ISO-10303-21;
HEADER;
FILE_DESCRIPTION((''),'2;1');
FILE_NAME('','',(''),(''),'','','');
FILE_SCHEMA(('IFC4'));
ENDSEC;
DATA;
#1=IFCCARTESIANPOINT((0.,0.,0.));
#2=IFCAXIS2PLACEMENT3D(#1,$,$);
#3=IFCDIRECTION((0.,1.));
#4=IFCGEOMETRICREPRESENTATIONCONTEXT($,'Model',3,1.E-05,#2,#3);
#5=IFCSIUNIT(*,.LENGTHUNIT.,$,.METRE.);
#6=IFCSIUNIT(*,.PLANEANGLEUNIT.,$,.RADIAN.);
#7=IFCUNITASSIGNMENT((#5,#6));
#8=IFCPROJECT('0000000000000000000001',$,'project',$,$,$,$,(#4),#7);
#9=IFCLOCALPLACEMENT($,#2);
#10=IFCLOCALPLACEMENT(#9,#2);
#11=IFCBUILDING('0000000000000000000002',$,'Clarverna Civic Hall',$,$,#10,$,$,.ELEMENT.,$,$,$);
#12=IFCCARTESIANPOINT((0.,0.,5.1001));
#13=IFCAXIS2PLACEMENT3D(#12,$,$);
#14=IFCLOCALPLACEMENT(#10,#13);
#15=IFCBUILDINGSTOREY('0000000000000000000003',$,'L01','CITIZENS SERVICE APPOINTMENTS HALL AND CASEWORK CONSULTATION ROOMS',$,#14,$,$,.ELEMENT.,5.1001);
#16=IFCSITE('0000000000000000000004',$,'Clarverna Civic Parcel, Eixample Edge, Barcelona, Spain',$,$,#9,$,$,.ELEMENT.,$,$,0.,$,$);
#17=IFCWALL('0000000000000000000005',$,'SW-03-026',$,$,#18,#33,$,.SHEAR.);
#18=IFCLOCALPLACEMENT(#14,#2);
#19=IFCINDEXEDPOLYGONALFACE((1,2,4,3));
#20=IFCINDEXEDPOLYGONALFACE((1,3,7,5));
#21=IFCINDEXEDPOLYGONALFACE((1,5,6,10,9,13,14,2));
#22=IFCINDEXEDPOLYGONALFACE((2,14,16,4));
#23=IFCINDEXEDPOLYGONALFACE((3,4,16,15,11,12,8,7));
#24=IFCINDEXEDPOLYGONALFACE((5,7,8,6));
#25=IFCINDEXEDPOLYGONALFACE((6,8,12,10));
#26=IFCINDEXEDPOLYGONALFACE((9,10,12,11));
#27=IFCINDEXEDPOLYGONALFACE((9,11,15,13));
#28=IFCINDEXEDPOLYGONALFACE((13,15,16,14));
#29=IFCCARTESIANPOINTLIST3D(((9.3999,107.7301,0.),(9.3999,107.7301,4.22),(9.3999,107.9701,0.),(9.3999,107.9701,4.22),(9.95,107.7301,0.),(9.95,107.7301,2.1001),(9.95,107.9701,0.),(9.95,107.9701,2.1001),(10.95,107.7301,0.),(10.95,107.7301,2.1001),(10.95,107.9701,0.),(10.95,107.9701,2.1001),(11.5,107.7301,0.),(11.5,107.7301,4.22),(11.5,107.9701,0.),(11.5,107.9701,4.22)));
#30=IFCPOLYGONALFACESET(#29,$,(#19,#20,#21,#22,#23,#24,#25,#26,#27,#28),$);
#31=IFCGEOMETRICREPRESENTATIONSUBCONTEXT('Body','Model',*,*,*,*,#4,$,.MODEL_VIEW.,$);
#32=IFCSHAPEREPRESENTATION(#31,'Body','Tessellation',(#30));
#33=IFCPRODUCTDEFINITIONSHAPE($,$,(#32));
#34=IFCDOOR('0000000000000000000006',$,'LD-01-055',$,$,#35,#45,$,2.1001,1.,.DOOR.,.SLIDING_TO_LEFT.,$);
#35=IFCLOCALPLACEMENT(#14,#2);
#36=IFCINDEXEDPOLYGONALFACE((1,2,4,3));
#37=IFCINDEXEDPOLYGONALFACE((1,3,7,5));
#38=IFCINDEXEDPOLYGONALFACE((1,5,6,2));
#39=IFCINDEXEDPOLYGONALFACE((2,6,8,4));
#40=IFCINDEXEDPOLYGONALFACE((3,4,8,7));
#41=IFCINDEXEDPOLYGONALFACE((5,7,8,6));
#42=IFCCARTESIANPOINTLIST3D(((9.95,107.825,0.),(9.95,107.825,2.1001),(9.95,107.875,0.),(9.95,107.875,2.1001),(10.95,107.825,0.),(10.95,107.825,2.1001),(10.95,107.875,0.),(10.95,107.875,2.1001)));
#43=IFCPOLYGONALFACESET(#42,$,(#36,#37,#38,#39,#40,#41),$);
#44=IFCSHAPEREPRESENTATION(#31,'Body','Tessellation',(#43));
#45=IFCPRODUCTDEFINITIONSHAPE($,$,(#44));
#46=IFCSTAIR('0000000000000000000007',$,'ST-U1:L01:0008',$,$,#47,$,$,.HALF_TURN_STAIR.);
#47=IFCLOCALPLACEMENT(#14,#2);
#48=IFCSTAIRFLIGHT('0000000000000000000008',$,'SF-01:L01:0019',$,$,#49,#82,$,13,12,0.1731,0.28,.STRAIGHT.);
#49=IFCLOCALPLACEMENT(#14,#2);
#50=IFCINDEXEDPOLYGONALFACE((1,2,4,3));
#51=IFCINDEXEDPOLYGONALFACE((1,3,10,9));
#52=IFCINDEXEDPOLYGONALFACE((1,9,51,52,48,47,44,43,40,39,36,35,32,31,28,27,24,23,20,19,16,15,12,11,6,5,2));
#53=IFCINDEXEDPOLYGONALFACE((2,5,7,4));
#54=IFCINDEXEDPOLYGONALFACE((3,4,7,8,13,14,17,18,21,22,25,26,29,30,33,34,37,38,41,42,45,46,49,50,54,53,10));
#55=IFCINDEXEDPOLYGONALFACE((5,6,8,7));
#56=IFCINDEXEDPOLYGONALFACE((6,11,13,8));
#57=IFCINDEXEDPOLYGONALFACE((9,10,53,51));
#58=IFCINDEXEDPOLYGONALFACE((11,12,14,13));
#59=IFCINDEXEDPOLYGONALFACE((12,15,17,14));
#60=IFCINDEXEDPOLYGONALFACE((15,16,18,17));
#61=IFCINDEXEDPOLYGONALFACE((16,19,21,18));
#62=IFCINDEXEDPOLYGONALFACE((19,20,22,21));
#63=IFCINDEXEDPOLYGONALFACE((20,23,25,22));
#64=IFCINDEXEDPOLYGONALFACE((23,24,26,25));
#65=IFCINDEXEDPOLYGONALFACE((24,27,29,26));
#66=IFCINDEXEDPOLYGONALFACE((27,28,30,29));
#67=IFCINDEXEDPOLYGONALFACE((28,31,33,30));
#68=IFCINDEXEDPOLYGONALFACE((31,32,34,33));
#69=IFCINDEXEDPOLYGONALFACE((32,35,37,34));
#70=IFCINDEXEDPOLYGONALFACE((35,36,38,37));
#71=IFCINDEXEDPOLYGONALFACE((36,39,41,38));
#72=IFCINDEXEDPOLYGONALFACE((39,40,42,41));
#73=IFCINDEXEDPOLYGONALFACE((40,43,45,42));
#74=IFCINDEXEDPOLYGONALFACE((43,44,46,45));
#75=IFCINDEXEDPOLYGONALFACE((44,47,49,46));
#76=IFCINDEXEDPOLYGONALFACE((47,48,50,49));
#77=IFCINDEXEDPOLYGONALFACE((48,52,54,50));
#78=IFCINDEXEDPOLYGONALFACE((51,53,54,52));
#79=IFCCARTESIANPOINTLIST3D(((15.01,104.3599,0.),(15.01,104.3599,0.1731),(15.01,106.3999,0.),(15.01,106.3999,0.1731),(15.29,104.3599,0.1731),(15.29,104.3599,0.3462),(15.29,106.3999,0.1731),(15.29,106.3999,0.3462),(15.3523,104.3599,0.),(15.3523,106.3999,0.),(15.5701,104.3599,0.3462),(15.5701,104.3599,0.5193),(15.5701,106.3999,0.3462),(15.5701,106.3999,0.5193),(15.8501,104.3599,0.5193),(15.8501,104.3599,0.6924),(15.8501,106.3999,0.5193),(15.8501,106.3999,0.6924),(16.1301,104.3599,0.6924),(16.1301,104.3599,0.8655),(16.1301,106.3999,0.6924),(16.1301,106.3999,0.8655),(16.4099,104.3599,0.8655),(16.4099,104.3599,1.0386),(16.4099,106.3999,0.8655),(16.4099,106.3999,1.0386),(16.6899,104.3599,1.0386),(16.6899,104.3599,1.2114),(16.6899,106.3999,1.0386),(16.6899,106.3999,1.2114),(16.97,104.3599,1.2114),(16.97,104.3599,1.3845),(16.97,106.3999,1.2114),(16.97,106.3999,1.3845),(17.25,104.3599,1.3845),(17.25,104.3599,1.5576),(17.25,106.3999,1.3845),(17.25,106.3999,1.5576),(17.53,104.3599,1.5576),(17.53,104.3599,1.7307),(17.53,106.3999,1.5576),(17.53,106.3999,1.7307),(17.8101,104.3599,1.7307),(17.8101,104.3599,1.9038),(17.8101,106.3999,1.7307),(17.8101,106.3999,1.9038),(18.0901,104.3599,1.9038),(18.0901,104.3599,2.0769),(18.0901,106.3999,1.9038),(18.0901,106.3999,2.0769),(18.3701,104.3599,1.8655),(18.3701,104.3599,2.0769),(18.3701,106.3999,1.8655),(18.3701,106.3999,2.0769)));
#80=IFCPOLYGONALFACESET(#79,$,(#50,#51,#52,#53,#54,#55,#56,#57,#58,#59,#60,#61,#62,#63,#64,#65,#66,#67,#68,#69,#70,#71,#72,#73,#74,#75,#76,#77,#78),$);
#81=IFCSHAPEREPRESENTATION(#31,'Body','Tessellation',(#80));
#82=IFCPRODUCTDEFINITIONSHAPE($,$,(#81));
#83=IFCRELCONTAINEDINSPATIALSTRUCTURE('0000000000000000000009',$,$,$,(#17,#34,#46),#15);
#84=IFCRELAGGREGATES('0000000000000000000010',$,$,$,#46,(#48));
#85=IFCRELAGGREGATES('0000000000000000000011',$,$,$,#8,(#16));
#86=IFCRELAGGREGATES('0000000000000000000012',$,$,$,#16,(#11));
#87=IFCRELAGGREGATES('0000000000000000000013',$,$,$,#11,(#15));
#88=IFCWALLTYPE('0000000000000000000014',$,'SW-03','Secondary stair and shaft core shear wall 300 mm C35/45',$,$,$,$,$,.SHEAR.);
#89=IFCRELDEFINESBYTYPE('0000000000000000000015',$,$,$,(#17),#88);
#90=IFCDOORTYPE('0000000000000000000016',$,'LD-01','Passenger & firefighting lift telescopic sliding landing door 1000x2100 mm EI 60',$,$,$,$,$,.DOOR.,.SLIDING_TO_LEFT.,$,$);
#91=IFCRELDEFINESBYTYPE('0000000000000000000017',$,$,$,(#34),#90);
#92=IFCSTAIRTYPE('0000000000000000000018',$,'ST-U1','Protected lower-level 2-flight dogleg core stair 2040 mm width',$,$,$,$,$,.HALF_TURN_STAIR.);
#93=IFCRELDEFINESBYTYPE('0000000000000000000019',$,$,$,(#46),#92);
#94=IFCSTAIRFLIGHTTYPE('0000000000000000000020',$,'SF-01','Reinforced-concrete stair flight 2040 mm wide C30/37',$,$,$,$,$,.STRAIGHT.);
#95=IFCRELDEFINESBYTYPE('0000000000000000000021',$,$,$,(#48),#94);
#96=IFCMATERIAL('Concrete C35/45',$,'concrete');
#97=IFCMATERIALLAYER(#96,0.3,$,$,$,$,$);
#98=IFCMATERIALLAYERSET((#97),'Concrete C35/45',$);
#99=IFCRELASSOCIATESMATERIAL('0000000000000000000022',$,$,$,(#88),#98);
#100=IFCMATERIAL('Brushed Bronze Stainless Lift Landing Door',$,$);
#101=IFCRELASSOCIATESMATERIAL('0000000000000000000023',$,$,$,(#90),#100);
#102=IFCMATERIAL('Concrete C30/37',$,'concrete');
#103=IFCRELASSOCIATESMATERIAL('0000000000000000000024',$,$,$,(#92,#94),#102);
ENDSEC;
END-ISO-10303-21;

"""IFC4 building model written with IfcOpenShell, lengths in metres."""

from ifc_helpers import new_model, si_unit, direction, frame, frame_2d, origin, place, context, subcontext, project, spatial, polyline, rectangle, outline, extrude, material, layer, layer_set, type_object, element, fill, aggregate, save


model = new_model("IFC4")

# Units and contexts
model_context = context("Model", 3, precision=1e-05, world=origin(), true_north=direction((0.0, 1.0)))
body_context = subcontext(model_context, "Body", "Model", "MODEL_VIEW")
ifc_project = project(units=[si_unit("LENGTHUNIT", "METRE"), si_unit("PLANEANGLEUNIT", "RADIAN")], contexts=[model_context])

# Site, building, storey
site_placement = place(None, origin())
site = spatial("IfcSite", under=ifc_project, at=site_placement, Name="Clarverna Civic Parcel, Eixample Edge, Barcelona, Spain", CompositionType="ELEMENT", RefElevation=0.0)
building_placement = place(site_placement, origin())
building = spatial("IfcBuilding", under=site, at=building_placement, Name="Clarverna Civic Hall", CompositionType="ELEMENT")
storey_placement = place(building_placement, frame((0.0, 0.0, 5.1001)))
storey = spatial("IfcBuildingStorey", under=building, at=storey_placement, Name="L01", Description="CITIZENS SERVICE APPOINTMENTS HALL AND CASEWORK CONSULTATION ROOMS", CompositionType="ELEMENT", Elevation=5.1001)

# Shared definitions
ifc_material_1 = material(Name="Concrete C35/45", Category="concrete")

# Shared definitions
ifc_layer_1 = layer(ifc_material_1, 0.3)
ifc_layer_set_1 = layer_set([ifc_layer_1], Name="Concrete C35/45")
wall_type_1 = type_object("IfcWallType", Name="SW-03", Description="Secondary stair and shaft core shear wall 300 mm C35/45", PredefinedType="SHEAR", material=ifc_layer_set_1)

# Wall, opening, door
wall_1_placement = place(storey_placement, frame((9.3999, 107.8501, 0.0), z_axis=(0.0, 0.0, 1.0), x_axis=(1.0, 0.0, 0.0)))
wall_1 = element("IfcWall", 1, at=wall_1_placement, inside=storey, type_object=wall_type_1, Name="SW-03-026", PredefinedType="SHEAR", context=body_context, shape_type="SweptSolid", body=[
    extrude(rectangle(XDim=2.1001, YDim=0.24, at=frame_2d((1.05, 0.0))), origin(), (0.0, 0.0, 1.0), 4.22),
])
opening_1_placement = place(wall_1_placement, frame((0.55, 0.0, 0.0)))
opening_1 = element("IfcOpeningElement", 2, at=opening_1_placement, cuts=wall_1, PredefinedType="OPENING", context=body_context, shape_type="SweptSolid", body=[
    extrude(rectangle(XDim=1.0, YDim=2.1001, at=frame_2d((0.5, 1.05))), frame((0.0, 0.1299, 0.0), z_axis=(0.0, -1.0, 0.0), x_axis=(1.0, 0.0, 0.0)), (0.0, 0.0, 1.0), 0.26),
])
ifc_material_2 = material(Name="Brushed Bronze Stainless Lift Landing Door")
door_type_1 = type_object("IfcDoorType", Name="LD-01", Description="Passenger & firefighting lift telescopic sliding landing door 1000x2100 mm EI 60", OperationType="SLIDING_TO_LEFT", PredefinedType="DOOR", material=ifc_material_2)
door_1_placement = place(opening_1_placement, origin())
door_1 = element("IfcDoor", 3, at=door_1_placement, inside=storey, type_object=door_type_1, Name="LD-01-055", OperationType="SLIDING_TO_LEFT", OverallHeight=2.1001, OverallWidth=1.0, PredefinedType="DOOR", context=body_context, shape_type="SweptSolid", body=[
    extrude(rectangle(XDim=1.0, YDim=2.1001, at=frame_2d((0.5, 1.05))), frame((0.0, 0.0249, 0.0), z_axis=(0.0, -1.0, 0.0), x_axis=(1.0, 0.0, 0.0)), (0.0, 0.0, 1.0), 0.05),
])
fill(opening_1, door_1)

# Stair, stair flight
ifc_material_3 = material(Name="Concrete C30/37", Category="concrete")
stair_type = type_object("IfcStairType", Name="ST-U1", Description="Protected lower-level 2-flight dogleg core stair 2040 mm width", PredefinedType="HALF_TURN_STAIR", material=ifc_material_3)
stair_placement = place(storey_placement, origin())
stair = element("IfcStair", 4, at=stair_placement, inside=storey, type_object=stair_type, Name="ST-U1:L01:0008", PredefinedType="HALF_TURN_STAIR")
stair_flight_type = type_object("IfcStairFlightType", Name="SF-01", Description="Reinforced-concrete stair flight 2040 mm wide C30/37", PredefinedType="STRAIGHT", material=ifc_material_3)
stair_flight_placement = place(storey_placement, frame((15.01, 105.3799, 0.0), z_axis=(0.0, 0.0, 1.0), x_axis=(1.0, 0.0, 0.0)))
stair_flight = element("IfcStairFlight", 5, at=stair_flight_placement, type_object=stair_flight_type, Name="SF-01:L01:0019", NumberOfRisers=13, NumberOfTreads=12, PredefinedType="STRAIGHT", RiserHeight=0.1731, TreadLength=0.28, context=body_context, shape_type="SweptSolid", body=[
    extrude(outline(polyline([(0.0, 0.0), (0.0, 0.1731), (0.28, 0.1731), (0.28, 0.3462), (0.5601, 0.3462), (0.5601, 0.5193), (0.8401, 0.5193), (0.8401, 0.6924), (1.1201, 0.6924), (1.1201, 0.8655), (1.3999, 0.8655), (1.3999, 1.0386), (1.6799, 1.0386), (1.6799, 1.2114), (1.96, 1.2114), (1.96, 1.3845), (2.24, 1.3845), (2.24, 1.5576), (2.52, 1.5576), (2.52, 1.7307), (2.8, 1.7307), (2.8, 1.9038), (3.0801, 1.9038), (3.0801, 2.0769), (3.3601, 2.0769), (3.3601, 2.25), (3.3601, 1.8655), (0.3423, 0.0), (0.0, 0.0)])), frame((0.0, 1.02, 0.0), z_axis=(0.0, -1.0, 0.0), x_axis=(1.0, 0.0, 0.0)), (0.0, 0.0, 1.0), 2.04),
])
aggregate(stair, [stair_flight])

save(model, "model.ifc")
